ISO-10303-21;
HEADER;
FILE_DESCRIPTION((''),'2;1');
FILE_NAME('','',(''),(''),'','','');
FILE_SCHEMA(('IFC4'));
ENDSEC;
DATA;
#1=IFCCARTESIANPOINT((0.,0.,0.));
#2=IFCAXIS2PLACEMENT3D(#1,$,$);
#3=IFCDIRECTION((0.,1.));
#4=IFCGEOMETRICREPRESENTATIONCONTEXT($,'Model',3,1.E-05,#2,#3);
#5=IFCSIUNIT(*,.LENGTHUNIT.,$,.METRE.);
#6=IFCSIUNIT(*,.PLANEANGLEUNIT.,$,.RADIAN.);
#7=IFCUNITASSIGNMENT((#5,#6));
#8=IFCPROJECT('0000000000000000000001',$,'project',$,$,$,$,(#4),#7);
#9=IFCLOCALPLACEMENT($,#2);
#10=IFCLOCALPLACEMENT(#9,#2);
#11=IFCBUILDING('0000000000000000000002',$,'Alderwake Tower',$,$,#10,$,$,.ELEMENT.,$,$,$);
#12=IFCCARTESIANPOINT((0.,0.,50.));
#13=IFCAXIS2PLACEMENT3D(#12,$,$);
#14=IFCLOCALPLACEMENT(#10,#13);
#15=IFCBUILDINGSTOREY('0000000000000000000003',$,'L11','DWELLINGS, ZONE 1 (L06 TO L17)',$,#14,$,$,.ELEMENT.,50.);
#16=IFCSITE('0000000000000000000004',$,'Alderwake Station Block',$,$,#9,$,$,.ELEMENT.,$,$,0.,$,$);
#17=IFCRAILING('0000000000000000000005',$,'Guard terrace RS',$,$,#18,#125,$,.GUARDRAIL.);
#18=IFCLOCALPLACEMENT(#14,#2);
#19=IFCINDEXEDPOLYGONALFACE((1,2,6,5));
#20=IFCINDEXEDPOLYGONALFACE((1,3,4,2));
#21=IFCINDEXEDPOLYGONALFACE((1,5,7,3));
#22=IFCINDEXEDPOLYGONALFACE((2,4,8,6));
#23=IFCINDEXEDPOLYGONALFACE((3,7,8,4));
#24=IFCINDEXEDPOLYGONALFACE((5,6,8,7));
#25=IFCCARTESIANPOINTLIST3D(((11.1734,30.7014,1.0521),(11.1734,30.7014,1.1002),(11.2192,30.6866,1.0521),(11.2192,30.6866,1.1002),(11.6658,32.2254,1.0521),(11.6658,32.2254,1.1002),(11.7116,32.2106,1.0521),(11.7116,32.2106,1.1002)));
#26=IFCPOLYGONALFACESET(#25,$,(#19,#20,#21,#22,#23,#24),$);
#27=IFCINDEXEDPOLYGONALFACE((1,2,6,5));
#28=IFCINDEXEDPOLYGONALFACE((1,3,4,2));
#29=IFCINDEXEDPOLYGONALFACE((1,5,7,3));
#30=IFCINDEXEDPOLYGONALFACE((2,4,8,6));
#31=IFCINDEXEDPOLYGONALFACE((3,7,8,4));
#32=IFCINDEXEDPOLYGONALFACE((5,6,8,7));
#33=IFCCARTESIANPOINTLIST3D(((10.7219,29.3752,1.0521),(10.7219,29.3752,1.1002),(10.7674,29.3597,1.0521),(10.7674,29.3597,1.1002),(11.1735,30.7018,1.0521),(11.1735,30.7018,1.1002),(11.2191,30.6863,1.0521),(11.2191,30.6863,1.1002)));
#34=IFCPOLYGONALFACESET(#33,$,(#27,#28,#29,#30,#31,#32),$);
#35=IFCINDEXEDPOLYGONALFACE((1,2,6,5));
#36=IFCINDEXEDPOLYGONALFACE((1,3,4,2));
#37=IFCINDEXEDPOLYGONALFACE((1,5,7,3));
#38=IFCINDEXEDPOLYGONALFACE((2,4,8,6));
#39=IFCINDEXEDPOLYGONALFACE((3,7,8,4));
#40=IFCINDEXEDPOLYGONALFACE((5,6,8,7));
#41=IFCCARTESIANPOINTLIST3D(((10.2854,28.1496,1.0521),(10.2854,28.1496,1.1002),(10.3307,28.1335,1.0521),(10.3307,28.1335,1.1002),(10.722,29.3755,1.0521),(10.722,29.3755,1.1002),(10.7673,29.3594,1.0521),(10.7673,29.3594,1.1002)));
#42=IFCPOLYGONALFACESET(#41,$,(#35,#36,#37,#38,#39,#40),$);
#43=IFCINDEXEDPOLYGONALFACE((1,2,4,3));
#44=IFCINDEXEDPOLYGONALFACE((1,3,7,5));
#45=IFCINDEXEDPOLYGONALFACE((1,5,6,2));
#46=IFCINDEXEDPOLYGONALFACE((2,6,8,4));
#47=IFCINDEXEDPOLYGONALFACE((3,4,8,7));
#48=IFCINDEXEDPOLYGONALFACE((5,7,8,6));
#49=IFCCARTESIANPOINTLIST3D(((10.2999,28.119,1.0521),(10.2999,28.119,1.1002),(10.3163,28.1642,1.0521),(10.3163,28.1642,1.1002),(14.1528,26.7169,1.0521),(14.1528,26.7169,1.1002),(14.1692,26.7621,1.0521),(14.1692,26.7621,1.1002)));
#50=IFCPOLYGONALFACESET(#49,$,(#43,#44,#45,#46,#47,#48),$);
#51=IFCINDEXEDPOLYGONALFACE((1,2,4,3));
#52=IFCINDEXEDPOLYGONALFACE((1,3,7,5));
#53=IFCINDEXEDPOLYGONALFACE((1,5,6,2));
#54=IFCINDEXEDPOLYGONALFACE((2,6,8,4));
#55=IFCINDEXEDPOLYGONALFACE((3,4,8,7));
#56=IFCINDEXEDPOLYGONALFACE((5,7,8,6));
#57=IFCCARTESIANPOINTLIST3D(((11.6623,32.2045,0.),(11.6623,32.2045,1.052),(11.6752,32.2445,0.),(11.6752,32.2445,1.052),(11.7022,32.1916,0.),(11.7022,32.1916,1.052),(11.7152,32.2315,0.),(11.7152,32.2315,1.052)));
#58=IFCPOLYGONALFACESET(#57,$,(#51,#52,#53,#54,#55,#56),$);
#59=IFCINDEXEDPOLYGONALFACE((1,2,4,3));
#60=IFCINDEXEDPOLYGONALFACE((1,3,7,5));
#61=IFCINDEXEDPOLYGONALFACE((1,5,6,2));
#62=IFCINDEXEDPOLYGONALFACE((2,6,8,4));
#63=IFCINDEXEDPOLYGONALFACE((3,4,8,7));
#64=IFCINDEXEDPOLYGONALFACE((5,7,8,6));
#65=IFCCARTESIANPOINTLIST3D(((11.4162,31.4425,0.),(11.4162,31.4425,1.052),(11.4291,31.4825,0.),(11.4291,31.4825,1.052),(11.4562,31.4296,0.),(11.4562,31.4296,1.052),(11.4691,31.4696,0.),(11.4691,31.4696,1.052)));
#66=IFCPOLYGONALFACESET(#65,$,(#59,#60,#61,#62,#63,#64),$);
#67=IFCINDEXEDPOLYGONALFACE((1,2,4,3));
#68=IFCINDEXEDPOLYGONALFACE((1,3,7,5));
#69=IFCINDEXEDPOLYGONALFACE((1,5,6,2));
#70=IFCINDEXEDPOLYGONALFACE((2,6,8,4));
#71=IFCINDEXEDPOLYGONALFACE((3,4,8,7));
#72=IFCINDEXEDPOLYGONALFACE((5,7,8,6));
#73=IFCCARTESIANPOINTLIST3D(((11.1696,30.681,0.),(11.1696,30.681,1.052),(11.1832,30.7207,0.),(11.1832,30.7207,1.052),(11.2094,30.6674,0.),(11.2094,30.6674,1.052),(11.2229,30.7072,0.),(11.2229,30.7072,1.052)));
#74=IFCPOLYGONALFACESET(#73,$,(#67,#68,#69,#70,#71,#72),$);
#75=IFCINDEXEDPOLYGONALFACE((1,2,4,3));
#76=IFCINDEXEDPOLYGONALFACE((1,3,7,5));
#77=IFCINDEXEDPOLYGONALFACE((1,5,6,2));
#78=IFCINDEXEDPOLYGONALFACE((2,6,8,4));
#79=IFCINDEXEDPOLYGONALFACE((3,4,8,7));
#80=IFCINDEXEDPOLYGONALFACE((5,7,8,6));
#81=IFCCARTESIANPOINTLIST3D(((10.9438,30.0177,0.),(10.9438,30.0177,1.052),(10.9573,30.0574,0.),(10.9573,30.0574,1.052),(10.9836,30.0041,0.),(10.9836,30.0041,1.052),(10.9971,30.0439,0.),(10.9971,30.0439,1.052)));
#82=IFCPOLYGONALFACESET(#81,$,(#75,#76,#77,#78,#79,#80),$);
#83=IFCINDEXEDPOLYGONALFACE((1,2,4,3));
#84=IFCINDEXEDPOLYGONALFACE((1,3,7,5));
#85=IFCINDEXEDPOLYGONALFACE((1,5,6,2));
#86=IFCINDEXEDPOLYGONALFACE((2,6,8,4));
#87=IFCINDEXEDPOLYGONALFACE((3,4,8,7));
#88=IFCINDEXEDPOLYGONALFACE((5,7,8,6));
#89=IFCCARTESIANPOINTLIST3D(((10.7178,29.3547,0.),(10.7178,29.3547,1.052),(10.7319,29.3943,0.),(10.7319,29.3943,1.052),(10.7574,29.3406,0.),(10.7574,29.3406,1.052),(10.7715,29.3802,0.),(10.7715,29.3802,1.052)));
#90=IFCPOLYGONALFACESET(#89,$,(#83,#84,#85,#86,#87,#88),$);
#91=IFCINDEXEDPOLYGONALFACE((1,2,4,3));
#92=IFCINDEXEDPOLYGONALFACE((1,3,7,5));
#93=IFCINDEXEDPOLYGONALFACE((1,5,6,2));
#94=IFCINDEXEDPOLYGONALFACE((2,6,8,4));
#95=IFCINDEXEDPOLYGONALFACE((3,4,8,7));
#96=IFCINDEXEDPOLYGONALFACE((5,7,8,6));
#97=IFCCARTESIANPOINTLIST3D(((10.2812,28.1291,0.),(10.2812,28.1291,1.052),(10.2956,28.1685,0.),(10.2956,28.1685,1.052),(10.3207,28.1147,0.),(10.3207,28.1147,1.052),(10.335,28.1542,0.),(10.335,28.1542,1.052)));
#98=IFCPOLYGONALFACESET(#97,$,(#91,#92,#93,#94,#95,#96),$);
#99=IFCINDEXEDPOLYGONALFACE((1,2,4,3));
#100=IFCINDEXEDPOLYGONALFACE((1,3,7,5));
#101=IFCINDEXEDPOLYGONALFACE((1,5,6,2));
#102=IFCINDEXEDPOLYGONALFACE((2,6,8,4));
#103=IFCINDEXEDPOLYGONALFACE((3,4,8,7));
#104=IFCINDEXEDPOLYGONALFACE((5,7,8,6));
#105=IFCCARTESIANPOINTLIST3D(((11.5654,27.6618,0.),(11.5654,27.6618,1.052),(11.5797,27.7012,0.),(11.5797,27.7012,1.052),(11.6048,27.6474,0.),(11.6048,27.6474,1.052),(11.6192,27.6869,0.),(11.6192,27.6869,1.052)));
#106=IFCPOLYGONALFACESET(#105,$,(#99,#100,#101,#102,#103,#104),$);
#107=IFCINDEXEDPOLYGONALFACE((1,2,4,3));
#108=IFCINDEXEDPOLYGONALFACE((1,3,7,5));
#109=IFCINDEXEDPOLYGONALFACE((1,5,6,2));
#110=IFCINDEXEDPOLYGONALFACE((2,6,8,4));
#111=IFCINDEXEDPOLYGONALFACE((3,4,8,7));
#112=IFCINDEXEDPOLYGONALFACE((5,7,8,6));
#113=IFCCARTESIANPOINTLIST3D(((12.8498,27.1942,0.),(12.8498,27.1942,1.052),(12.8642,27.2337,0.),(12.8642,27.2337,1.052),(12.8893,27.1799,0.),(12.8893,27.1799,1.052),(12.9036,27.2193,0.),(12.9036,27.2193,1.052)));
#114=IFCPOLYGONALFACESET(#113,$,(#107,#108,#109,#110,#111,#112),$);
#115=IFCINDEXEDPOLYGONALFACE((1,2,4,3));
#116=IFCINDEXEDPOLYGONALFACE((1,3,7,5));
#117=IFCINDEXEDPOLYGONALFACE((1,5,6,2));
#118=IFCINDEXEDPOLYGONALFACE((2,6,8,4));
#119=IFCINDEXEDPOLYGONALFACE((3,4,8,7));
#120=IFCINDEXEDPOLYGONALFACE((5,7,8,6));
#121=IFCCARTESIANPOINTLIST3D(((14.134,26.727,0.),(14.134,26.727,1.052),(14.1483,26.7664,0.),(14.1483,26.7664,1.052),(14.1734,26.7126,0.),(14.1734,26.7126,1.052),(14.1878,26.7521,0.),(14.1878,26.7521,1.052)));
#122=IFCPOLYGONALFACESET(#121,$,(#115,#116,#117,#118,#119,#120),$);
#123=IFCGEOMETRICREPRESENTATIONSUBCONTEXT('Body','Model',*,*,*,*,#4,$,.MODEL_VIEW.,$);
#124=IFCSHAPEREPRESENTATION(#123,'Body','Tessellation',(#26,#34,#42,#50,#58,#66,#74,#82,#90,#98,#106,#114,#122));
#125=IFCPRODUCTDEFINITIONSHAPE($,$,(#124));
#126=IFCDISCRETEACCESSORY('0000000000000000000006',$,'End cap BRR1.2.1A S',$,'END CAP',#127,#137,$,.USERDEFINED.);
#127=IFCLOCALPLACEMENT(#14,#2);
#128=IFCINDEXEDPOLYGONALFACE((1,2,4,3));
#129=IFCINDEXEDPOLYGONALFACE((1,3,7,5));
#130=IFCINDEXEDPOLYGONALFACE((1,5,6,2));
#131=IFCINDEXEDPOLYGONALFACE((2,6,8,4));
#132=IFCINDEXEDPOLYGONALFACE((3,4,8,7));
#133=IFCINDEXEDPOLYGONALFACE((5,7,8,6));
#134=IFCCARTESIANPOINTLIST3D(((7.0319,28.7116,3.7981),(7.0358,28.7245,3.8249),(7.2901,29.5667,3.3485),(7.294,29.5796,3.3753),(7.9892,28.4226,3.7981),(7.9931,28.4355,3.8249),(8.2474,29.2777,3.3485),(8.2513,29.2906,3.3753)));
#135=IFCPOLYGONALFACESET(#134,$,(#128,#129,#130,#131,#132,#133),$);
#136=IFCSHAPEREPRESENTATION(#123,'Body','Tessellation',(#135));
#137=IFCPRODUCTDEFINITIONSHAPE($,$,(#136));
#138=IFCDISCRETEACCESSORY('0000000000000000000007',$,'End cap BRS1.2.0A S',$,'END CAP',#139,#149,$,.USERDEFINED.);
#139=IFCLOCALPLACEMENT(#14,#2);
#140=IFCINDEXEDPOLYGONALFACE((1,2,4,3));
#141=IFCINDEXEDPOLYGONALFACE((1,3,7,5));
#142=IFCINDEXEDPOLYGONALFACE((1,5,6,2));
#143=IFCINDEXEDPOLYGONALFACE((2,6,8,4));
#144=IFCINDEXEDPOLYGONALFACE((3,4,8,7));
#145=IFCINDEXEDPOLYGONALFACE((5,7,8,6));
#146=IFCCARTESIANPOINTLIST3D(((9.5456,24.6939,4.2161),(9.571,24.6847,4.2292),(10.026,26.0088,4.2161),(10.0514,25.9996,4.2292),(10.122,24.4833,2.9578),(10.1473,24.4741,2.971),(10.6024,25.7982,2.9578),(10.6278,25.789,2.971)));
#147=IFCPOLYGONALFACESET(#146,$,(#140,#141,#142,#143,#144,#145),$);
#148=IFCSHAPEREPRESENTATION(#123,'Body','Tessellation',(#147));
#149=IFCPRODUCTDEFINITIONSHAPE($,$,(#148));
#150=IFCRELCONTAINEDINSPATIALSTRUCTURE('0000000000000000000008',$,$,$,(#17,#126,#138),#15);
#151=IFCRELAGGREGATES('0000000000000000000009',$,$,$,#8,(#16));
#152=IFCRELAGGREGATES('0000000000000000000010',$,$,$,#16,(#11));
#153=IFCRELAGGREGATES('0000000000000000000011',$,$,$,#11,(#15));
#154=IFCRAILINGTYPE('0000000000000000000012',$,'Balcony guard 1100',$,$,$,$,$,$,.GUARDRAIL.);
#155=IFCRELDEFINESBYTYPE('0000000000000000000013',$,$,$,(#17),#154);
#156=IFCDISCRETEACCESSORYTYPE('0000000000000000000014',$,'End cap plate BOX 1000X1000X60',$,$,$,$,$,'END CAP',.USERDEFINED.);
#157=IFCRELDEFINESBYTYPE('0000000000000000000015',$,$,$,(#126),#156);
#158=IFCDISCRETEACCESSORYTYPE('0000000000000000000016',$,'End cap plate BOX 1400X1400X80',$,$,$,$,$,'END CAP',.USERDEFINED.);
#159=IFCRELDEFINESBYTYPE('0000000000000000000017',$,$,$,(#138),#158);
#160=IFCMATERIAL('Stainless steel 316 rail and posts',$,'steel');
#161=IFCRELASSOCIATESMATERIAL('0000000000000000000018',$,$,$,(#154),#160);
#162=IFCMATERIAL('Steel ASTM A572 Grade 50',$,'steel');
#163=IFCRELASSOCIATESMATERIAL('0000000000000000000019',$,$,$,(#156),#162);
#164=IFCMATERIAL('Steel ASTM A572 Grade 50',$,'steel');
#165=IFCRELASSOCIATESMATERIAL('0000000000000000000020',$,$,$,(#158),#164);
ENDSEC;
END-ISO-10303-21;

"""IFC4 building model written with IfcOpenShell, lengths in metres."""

from ifc_helpers import new_model, si_unit, direction, frame, origin, origin_2d, place, context, subcontext, project, spatial, rectangle, extrude, material, material_profile, profile_set, type_object, element, save


model = new_model("IFC4")

# Units and contexts
model_context = context("Model", 3, precision=1e-05, world=origin(), true_north=direction((0.0, 1.0)))
body_context = subcontext(model_context, "Body", "Model", "MODEL_VIEW")
ifc_project = project(units=[si_unit("LENGTHUNIT", "METRE"), si_unit("PLANEANGLEUNIT", "RADIAN")], contexts=[model_context])

# Site, building, storey
site_placement = place(None, origin())
site = spatial("IfcSite", under=ifc_project, at=site_placement, Name="Alderwake Station Block", CompositionType="ELEMENT", RefElevation=0.0)
building_placement = place(site_placement, origin())
building = spatial("IfcBuilding", under=site, at=building_placement, Name="Alderwake Tower", CompositionType="ELEMENT")
storey_placement = place(building_placement, frame((0.0, 0.0, 50.0)))
storey = spatial("IfcBuildingStorey", under=building, at=storey_placement, Name="L11", Description="DWELLINGS, ZONE 1 (L06 TO L17)", CompositionType="ELEMENT", Elevation=50.0)

# Railing
ifc_material_1 = material(Name="Stainless steel 316 rail and posts", Category="steel")
railing_type = type_object("IfcRailingType", Name="Balcony guard 1100", PredefinedType="GUARDRAIL", material=ifc_material_1)
railing_1_placement = place(storey_placement, frame((11.6887, 32.218, 0.0)))
element("IfcRailing", 1, at=railing_1_placement, inside=storey, type_object=railing_type, Name="Guard terrace RS", PredefinedType="GUARDRAIL", context=body_context, shape_type="SweptSolid", body=[
    extrude(rectangle(XDim=0.0481, YDim=0.0481, at=origin_2d()), frame((0.0, 0.0, 1.0762), z_axis=(-0.307479, -0.951555, 0.0), x_axis=(0.951555, -0.307479, 0.0)), (0.0, 0.0, 1.0), 1.6016),
    extrude(rectangle(XDim=0.0481, YDim=0.0481, at=origin_2d()), frame((-0.4924, -1.5239, 1.0762), z_axis=(-0.322284, -0.946643, 0.0), x_axis=(0.946643, -0.322284, 0.0)), (0.0, 0.0, 1.0), 1.4014),
    extrude(rectangle(XDim=0.0481, YDim=0.0481, at=origin_2d()), frame((-0.9441, -2.8506, 1.0762), z_axis=(-0.335469, -0.942051, 0.0), x_axis=(0.942051, -0.335469, 0.0)), (0.0, 0.0, 1.0), 1.3013),
    extrude(rectangle(XDim=0.0481, YDim=0.0481, at=origin_2d()), frame((-1.3806, -4.0764, 1.0762), z_axis=(0.939708, -0.341977, 0.0), x_axis=(0.341977, 0.939708, 0.0)), (0.0, 0.0, 1.0), 4.1001),
    extrude(rectangle(XDim=0.042, YDim=0.042, at=origin_2d()), frame((0.0, 0.0, 0.0), z_axis=(0.0, 0.0, 1.0), x_axis=(-0.307479, -0.951555, 0.0)), (0.0, 0.0, 1.0), 1.052),
    extrude(rectangle(XDim=0.042, YDim=0.042, at=origin_2d()), frame((-0.2461, -0.762, 0.0), z_axis=(0.0, 0.0, 1.0), x_axis=(-0.307479, -0.951555, 0.0)), (0.0, 0.0, 1.0), 1.052),
    extrude(rectangle(XDim=0.042, YDim=0.042, at=origin_2d()), frame((-0.4924, -1.5239, 0.0), z_axis=(0.0, 0.0, 1.0), x_axis=(-0.322284, -0.946643, 0.0)), (0.0, 0.0, 1.0), 1.052),
    extrude(rectangle(XDim=0.042, YDim=0.042, at=origin_2d()), frame((-0.7183, -2.1873, 0.0), z_axis=(0.0, 0.0, 1.0), x_axis=(-0.322284, -0.946643, 0.0)), (0.0, 0.0, 1.0), 1.052),
    extrude(rectangle(XDim=0.042, YDim=0.042, at=origin_2d()), frame((-0.9441, -2.8506, 0.0), z_axis=(0.0, 0.0, 1.0), x_axis=(-0.335469, -0.942051, 0.0)), (0.0, 0.0, 1.0), 1.052),
    extrude(rectangle(XDim=0.042, YDim=0.042, at=origin_2d()), frame((-1.3806, -4.0764, 0.0), z_axis=(0.0, 0.0, 1.0), x_axis=(0.939708, -0.341977, 0.0)), (0.0, 0.0, 1.0), 1.052),
    extrude(rectangle(XDim=0.042, YDim=0.042, at=origin_2d()), frame((-0.0964, -4.5437, 0.0), z_axis=(0.0, 0.0, 1.0), x_axis=(0.939708, -0.341977, 0.0)), (0.0, 0.0, 1.0), 1.052),
    extrude(rectangle(XDim=0.042, YDim=0.042, at=origin_2d()), frame((1.188, -5.0112, 0.0), z_axis=(0.0, 0.0, 1.0), x_axis=(0.939708, -0.341977, 0.0)), (0.0, 0.0, 1.0), 1.052),
    extrude(rectangle(XDim=0.042, YDim=0.042, at=origin_2d()), frame((2.4722, -5.4785, 0.0), z_axis=(0.0, 0.0, 1.0), x_axis=(0.939708, -0.341977, 0.0)), (0.0, 0.0, 1.0), 1.052),
])

# Discrete accessories
ifc_material_2 = material(Name="Steel ASTM A572 Grade 50", Category="steel")
ifc_material_profile_1 = material_profile(ifc_material_2, rectangle(XDim=1.0, YDim=1.0, at=origin_2d()), Name="BOX 1000X1000X60 cap")
ifc_profile_set_1 = profile_set([ifc_material_profile_1], Name="Steel ASTM A572 Grade 50")
discrete_accessory_type_1 = type_object("IfcDiscreteAccessoryType", Name="End cap plate BOX 1000X1000X60", ElementType="END CAP", PredefinedType="USERDEFINED", material=ifc_profile_set_1)
discrete_accessory_1_placement = place(storey_placement, frame((7.6436, 29.0076, 3.6001), z_axis=(-0.129927, -0.430383, -0.893247), x_axis=(0.957328, -0.289005, 0.0)))
element("IfcDiscreteAccessory", 2, at=discrete_accessory_1_placement, inside=storey, type_object=discrete_accessory_type_1, Name="End cap BRR1.2.1A S", ObjectType="END CAP", PredefinedType="USERDEFINED", context=body_context, shape_type="SweptSolid", body=[
    extrude(rectangle(XDim=1.0, YDim=1.0, at=origin_2d()), origin(), (0.0, 0.0, 1.0), 0.03),
])
ifc_material_3 = material(Name="Steel ASTM A572 Grade 50", Category="steel")
ifc_material_profile_2 = material_profile(ifc_material_3, rectangle(XDim=1.3999, YDim=1.3999, at=origin_2d()), Name="BOX 1400X1400X80 cap")
ifc_profile_set_2 = profile_set([ifc_material_profile_2], Name="Steel ASTM A572 Grade 50")
discrete_accessory_type_2 = type_object("IfcDiscreteAccessoryType", Name="End cap plate BOX 1400X1400X80", ElementType="END CAP", PredefinedType="USERDEFINED", material=ifc_profile_set_2)
discrete_accessory_2_placement = place(storey_placement, frame((10.0994, 25.2368, 3.6001), z_axis=(-0.844218, 0.308464, -0.438344), x_axis=(-0.343193, -0.939265, 0.0)))
element("IfcDiscreteAccessory", 3, at=discrete_accessory_2_placement, inside=storey, type_object=discrete_accessory_type_2, Name="End cap BRS1.2.0A S", ObjectType="END CAP", PredefinedType="USERDEFINED", context=body_context, shape_type="SweptSolid", body=[
    extrude(rectangle(XDim=1.3999, YDim=1.3999, at=origin_2d()), origin(), (0.0, 0.0, 1.0), 0.03),
])

save(model, "model.ifc")
